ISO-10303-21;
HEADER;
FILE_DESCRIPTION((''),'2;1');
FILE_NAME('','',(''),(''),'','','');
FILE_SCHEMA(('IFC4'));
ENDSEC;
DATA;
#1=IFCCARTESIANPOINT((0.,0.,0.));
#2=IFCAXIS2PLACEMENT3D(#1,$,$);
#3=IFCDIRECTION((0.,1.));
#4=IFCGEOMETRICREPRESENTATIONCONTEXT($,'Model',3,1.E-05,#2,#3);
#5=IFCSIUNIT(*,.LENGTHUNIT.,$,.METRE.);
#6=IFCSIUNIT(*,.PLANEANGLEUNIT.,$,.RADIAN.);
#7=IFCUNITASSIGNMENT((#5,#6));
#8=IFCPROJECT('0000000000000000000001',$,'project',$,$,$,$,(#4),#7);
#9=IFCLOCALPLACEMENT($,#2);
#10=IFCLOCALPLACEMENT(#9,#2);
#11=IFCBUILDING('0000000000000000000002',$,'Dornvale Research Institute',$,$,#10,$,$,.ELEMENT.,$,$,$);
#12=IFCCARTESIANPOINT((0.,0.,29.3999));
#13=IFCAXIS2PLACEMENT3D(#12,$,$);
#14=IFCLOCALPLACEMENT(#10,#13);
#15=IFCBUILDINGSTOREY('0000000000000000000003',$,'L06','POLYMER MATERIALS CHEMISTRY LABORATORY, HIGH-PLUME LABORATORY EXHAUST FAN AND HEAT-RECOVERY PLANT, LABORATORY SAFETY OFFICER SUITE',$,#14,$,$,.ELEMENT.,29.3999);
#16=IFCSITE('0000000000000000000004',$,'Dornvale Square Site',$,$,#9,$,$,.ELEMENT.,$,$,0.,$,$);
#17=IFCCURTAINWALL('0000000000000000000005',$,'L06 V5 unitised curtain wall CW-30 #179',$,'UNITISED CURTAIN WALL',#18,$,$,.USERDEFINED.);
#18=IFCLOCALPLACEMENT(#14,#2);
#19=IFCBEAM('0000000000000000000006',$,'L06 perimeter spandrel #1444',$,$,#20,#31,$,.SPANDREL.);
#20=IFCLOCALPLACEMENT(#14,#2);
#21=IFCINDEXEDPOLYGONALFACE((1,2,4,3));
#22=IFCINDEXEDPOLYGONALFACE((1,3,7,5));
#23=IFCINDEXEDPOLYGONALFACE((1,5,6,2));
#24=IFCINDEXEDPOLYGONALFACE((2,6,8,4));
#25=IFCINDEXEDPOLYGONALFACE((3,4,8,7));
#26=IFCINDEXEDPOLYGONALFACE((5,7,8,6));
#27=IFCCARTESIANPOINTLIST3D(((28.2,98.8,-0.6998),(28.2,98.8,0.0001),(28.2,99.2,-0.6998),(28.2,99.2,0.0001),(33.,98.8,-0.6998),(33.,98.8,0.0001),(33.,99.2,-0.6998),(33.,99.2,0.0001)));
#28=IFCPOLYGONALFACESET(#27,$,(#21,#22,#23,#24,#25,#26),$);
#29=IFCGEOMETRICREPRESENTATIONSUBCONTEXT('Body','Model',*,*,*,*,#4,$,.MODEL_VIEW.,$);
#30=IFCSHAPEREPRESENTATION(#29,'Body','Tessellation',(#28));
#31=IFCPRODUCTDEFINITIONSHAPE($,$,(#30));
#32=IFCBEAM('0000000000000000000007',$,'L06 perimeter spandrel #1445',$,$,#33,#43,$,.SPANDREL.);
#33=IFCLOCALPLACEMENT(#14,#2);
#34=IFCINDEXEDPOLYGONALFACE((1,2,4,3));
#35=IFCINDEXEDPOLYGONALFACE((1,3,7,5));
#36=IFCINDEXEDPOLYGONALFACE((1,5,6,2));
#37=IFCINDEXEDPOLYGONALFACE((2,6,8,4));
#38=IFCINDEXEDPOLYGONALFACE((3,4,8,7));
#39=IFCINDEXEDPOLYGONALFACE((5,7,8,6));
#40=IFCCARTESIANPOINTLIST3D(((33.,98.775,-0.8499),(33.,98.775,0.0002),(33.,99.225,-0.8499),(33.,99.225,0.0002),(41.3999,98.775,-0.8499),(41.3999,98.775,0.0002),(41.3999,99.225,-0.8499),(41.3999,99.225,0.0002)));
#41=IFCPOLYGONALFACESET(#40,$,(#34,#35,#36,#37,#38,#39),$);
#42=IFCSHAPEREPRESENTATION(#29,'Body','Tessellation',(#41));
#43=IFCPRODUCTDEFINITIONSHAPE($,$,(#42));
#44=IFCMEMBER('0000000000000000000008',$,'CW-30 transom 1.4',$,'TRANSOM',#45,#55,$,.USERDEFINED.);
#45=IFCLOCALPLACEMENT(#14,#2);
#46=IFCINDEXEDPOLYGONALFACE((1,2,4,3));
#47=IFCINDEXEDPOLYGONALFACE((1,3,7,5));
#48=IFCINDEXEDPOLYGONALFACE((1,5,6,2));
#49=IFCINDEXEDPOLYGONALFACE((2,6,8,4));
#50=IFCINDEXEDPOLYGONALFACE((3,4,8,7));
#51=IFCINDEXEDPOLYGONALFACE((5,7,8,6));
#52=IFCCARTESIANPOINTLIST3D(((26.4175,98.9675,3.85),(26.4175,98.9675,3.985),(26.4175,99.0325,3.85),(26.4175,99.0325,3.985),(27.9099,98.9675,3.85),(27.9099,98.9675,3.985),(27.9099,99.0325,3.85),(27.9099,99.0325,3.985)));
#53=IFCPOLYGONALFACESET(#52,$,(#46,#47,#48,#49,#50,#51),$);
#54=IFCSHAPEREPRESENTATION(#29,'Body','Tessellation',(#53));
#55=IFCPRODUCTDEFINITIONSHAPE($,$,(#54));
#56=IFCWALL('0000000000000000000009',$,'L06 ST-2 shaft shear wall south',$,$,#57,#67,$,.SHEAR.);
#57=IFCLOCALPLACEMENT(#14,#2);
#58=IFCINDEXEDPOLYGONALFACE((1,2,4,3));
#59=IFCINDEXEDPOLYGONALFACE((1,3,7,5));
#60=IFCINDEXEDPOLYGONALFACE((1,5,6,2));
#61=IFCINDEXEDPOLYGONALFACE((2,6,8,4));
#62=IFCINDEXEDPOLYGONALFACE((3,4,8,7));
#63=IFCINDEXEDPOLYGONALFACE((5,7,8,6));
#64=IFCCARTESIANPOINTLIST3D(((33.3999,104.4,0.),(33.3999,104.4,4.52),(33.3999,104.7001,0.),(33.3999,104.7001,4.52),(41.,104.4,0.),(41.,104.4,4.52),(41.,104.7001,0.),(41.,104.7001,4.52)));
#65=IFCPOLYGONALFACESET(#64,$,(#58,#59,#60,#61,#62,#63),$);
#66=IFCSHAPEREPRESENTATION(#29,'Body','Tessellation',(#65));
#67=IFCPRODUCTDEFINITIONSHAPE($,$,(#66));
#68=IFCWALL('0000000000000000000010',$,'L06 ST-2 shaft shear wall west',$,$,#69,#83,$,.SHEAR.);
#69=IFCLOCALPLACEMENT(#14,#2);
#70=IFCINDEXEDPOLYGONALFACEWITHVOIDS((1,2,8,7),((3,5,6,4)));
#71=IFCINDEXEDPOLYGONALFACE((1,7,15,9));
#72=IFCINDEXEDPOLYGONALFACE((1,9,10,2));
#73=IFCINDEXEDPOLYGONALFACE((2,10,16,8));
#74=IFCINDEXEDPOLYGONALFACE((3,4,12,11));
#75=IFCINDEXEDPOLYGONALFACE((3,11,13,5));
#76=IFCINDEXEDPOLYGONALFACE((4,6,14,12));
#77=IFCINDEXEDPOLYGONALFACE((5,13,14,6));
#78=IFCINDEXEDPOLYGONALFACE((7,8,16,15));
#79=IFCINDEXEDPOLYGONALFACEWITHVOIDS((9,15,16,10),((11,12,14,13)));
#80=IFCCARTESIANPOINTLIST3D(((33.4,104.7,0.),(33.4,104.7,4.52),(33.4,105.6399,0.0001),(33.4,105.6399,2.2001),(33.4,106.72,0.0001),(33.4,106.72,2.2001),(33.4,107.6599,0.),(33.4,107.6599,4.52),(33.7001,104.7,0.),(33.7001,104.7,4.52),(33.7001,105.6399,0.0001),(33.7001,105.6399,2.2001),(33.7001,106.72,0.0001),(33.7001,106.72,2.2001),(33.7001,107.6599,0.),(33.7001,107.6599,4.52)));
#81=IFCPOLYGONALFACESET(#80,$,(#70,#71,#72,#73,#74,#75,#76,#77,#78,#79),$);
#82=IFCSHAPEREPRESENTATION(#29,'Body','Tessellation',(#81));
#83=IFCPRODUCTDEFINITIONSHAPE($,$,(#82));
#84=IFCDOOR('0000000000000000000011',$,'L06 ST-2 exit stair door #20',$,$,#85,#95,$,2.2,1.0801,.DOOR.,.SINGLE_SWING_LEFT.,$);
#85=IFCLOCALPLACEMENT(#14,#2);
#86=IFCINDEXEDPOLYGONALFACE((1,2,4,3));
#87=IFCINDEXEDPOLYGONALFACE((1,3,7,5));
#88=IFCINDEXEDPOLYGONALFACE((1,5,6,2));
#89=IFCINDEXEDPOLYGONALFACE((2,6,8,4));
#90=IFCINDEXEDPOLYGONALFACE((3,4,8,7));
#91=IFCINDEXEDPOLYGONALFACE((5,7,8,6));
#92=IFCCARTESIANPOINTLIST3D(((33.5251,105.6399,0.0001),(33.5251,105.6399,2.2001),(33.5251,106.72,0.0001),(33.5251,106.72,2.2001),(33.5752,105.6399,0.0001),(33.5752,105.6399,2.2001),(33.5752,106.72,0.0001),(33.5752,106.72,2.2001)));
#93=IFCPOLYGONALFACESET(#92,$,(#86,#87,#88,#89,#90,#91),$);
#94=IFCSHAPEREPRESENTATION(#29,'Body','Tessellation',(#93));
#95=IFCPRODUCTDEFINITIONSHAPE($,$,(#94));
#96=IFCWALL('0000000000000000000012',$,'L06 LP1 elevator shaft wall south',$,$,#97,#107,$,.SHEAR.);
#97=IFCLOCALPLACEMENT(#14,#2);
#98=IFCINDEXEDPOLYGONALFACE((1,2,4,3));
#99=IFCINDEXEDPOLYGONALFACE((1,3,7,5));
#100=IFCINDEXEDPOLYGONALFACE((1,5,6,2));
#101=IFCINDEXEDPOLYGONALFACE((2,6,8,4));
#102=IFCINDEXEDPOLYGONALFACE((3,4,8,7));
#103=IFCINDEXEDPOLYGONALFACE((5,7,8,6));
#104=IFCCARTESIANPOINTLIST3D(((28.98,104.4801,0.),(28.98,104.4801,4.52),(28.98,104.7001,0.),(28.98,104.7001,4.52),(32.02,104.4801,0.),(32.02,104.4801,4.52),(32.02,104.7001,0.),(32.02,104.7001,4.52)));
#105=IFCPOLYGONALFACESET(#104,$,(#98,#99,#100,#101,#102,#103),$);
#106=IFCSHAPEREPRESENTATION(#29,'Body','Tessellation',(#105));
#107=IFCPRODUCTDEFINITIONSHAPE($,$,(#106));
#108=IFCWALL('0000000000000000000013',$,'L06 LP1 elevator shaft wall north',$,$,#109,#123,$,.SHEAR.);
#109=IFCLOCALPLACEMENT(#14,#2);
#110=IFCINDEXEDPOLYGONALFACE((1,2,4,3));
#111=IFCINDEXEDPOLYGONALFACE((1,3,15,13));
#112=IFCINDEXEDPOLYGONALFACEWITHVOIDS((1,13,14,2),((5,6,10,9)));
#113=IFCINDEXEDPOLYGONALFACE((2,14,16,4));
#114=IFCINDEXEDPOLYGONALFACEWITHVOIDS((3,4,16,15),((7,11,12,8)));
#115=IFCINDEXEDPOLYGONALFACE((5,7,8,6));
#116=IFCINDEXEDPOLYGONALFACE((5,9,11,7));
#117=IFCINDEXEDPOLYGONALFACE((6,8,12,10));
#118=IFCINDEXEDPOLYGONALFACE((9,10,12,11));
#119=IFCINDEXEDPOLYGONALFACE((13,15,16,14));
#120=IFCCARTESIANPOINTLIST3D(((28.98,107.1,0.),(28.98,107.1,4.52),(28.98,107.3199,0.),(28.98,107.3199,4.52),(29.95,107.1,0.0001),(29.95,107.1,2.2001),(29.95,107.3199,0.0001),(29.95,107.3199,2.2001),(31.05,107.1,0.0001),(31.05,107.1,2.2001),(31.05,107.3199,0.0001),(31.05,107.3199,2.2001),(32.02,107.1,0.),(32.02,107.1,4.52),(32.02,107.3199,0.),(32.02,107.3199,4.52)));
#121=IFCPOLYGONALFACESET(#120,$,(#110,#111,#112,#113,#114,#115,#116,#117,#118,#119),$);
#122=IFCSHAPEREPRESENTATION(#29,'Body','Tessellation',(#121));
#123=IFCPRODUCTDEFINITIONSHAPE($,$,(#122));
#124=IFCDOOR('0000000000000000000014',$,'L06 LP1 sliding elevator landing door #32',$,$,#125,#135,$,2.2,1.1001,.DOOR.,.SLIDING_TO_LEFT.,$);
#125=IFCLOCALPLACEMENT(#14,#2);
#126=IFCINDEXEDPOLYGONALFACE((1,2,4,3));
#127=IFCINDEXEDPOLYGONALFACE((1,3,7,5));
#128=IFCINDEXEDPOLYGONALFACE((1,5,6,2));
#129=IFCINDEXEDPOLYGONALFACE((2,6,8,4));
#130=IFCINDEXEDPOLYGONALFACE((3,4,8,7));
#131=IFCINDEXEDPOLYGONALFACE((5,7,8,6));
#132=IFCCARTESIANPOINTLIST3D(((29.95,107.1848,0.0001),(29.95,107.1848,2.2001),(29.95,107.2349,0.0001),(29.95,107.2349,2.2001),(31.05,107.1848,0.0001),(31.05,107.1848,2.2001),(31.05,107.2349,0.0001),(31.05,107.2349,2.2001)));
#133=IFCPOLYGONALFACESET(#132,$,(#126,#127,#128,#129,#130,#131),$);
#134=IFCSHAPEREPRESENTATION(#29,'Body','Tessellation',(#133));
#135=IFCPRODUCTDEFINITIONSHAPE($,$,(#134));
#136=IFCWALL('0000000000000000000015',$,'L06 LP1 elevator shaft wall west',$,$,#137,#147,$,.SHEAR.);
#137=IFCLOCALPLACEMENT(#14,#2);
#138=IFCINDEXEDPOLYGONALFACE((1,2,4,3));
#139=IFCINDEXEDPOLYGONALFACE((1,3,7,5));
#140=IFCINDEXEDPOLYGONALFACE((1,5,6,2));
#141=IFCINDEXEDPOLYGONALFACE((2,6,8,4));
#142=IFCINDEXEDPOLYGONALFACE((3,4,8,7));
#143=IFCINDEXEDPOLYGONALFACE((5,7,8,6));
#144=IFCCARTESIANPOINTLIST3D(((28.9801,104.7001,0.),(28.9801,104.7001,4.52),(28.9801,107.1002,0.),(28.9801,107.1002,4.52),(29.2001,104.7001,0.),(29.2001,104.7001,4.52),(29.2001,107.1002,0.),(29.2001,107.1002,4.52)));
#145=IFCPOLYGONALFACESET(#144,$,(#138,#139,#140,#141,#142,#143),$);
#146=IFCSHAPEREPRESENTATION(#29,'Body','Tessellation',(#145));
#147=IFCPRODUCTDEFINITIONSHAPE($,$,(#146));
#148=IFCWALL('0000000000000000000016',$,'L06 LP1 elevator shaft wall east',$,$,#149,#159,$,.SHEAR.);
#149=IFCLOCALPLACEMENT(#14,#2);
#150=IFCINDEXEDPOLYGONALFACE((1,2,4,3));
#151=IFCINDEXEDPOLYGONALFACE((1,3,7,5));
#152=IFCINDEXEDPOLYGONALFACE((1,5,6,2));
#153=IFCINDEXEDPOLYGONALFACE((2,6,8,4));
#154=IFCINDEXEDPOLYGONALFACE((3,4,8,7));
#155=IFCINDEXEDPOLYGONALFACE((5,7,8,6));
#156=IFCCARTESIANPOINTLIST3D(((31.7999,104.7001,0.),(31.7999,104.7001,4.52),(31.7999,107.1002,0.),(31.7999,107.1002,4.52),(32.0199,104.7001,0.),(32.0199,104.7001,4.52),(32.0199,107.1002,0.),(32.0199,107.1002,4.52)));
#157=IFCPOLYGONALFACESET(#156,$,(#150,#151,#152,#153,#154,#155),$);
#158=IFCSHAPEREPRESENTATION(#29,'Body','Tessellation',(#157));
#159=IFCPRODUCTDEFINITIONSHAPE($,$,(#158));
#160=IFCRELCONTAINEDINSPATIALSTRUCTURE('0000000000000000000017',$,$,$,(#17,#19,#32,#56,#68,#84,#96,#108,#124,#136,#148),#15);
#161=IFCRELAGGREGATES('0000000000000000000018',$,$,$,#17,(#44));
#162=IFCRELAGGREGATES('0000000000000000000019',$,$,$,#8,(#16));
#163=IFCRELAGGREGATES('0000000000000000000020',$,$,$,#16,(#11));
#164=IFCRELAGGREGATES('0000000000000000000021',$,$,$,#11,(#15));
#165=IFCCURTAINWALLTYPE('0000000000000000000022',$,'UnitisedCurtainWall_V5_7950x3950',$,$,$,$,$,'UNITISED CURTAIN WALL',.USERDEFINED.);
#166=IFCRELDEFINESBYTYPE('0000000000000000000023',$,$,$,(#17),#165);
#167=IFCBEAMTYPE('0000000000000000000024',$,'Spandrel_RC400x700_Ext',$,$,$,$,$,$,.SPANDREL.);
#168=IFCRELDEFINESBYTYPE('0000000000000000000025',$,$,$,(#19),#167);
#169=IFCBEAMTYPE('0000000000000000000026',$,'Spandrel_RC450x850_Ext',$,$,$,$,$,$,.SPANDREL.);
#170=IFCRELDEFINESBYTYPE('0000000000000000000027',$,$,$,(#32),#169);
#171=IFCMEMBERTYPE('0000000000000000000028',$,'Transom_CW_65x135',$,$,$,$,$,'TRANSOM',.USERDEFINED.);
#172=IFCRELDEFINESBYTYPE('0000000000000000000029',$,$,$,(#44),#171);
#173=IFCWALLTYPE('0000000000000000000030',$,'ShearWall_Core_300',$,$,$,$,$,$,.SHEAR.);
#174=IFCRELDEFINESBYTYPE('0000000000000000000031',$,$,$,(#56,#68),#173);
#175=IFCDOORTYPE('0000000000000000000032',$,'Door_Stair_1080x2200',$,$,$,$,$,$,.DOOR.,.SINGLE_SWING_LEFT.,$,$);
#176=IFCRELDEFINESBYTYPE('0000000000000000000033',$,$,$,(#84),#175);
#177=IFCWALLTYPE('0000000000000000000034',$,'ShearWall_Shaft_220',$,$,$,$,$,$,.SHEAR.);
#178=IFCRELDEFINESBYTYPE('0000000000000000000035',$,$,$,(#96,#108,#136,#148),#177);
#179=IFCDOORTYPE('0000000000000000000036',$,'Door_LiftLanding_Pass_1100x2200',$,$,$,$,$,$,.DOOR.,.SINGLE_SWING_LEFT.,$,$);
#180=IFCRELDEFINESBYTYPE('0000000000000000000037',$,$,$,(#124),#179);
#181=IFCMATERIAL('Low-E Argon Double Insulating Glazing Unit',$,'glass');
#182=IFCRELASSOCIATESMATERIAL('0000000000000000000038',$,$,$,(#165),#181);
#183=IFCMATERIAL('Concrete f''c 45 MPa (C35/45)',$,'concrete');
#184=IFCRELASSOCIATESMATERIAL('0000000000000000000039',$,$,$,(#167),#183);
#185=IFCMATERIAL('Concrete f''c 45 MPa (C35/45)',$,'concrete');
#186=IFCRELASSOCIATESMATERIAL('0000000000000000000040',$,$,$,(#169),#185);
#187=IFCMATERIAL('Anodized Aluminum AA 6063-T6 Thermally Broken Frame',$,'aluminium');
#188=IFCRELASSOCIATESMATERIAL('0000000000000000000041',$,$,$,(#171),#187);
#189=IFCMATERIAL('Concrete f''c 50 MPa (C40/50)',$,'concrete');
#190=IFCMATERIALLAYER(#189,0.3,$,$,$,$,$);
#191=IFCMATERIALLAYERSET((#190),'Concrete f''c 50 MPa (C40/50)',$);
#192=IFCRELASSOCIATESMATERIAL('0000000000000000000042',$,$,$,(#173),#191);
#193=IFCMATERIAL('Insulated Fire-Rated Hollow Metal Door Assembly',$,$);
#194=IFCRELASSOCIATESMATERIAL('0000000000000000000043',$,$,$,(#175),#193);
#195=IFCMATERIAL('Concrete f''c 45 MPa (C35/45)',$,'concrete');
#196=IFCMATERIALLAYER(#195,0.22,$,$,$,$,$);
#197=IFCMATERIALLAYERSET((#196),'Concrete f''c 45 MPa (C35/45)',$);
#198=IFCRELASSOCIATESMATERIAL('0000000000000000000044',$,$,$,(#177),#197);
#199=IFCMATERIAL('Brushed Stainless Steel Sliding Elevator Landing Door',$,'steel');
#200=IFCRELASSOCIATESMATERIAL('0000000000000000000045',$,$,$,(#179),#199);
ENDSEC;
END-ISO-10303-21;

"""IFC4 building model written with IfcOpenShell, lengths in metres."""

from ifc_helpers import new_model, si_unit, direction, frame, frame_2d, origin, origin_2d, place, context, subcontext, project, spatial, rectangle, extrude, material, layer, layer_set, material_profile, profile_set, type_object, element, fill, aggregate, save


model = new_model("IFC4")

# Units and contexts
model_context = context("Model", 3, precision=1e-05, world=origin(), true_north=direction((0.0, 1.0)))
body_context = subcontext(model_context, "Body", "Model", "MODEL_VIEW")
ifc_project = project(units=[si_unit("LENGTHUNIT", "METRE"), si_unit("PLANEANGLEUNIT", "RADIAN")], contexts=[model_context])

# Site, building, storey
site_placement = place(None, origin())
site = spatial("IfcSite", under=ifc_project, at=site_placement, Name="Dornvale Square Site", CompositionType="ELEMENT", RefElevation=0.0)
building_placement = place(site_placement, origin())
building = spatial("IfcBuilding", under=site, at=building_placement, Name="Dornvale Research Institute", CompositionType="ELEMENT")
storey_placement = place(building_placement, frame((0.0, 0.0, 29.3999)))
storey = spatial("IfcBuildingStorey", under=building, at=storey_placement, Name="L06", Description="POLYMER MATERIALS CHEMISTRY LABORATORY, HIGH-PLUME LABORATORY EXHAUST FAN AND HEAT-RECOVERY PLANT, LABORATORY SAFETY OFFICER SUITE", CompositionType="ELEMENT", Elevation=29.3999)

# Curtain wall
ifc_material_1 = material(Name="Low-E Argon Double Insulating Glazing Unit", Category="glass")
curtain_wall_type_1 = type_object("IfcCurtainWallType", Name="UnitisedCurtainWall_V5_7950x3950", ElementType="UNITISED CURTAIN WALL", PredefinedType="USERDEFINED", material=ifc_material_1)
curtain_wall_1_placement = place(storey_placement, origin())
curtain_wall_1 = element("IfcCurtainWall", 1, at=curtain_wall_1_placement, inside=storey, type_object=curtain_wall_type_1, Name="L06 V5 unitised curtain wall CW-30 #179", ObjectType="UNITISED CURTAIN WALL", PredefinedType="USERDEFINED")

# Beams
ifc_material_2 = material(Name="Concrete f'c 45 MPa (C35/45)", Category="concrete")
ifc_material_profile_1 = material_profile(ifc_material_2, rectangle(XDim=0.3999, YDim=0.7, at=origin_2d()), Name="RC 400x700")
ifc_profile_set_1 = profile_set([ifc_material_profile_1], Name="Concrete f'c 45 MPa (C35/45)")
beam_type_1 = type_object("IfcBeamType", Name="Spandrel_RC400x700_Ext", PredefinedType="SPANDREL", material=ifc_profile_set_1)
beam_1_placement = place(storey_placement, frame((28.2, 99.0, -0.3499), z_axis=(1.0, 0.0, 0.0), x_axis=(0.0, 1.0, 0.0)))
element("IfcBeam", 2, at=beam_1_placement, inside=storey, type_object=beam_type_1, Name="L06 perimeter spandrel #1444", PredefinedType="SPANDREL", context=body_context, shape_type="SweptSolid", body=[
    extrude(rectangle(XDim=0.3999, YDim=0.7, at=origin_2d()), origin(), (0.0, 0.0, 1.0), 4.8),
])
ifc_material_3 = material(Name="Concrete f'c 45 MPa (C35/45)", Category="concrete")
ifc_material_profile_2 = material_profile(ifc_material_3, rectangle(XDim=0.45, YDim=0.8501, at=origin_2d()), Name="RC 450x850")
ifc_profile_set_2 = profile_set([ifc_material_profile_2], Name="Concrete f'c 45 MPa (C35/45)")
beam_type_2 = type_object("IfcBeamType", Name="Spandrel_RC450x850_Ext", PredefinedType="SPANDREL", material=ifc_profile_set_2)
beam_2_placement = place(storey_placement, frame((33.0, 99.0, -0.4248), z_axis=(1.0, 0.0, 0.0), x_axis=(0.0, 1.0, 0.0)))
element("IfcBeam", 3, at=beam_2_placement, inside=storey, type_object=beam_type_2, Name="L06 perimeter spandrel #1445", PredefinedType="SPANDREL", context=body_context, shape_type="SweptSolid", body=[
    extrude(rectangle(XDim=0.45, YDim=0.8501, at=origin_2d()), origin(), (0.0, 0.0, 1.0), 8.3999),
])

# Member
ifc_material_4 = material(Name="Anodized Aluminum AA 6063-T6 Thermally Broken Frame", Category="aluminium")
ifc_material_profile_3 = material_profile(ifc_material_4, rectangle(XDim=0.0649, YDim=0.135, at=origin_2d()), Name="ALU TRANSOM 65x135")
ifc_profile_set_3 = profile_set([ifc_material_profile_3], Name="Anodized Aluminum AA 6063-T6 Thermally Broken Frame")
member_type_1 = type_object("IfcMemberType", Name="Transom_CW_65x135", ElementType="TRANSOM", PredefinedType="USERDEFINED", material=ifc_profile_set_3)
member_1_placement = place(storey_placement, frame((27.9099, 99.0, 3.9175), z_axis=(-1.0, 0.0, 0.0), x_axis=(0.0, -1.0, 0.0)))
member_1 = element("IfcMember", 4, at=member_1_placement, type_object=member_type_1, Name="CW-30 transom 1.4", ObjectType="TRANSOM", PredefinedType="USERDEFINED", context=body_context, shape_type="SweptSolid", body=[
    extrude(rectangle(XDim=0.0649, YDim=0.135, at=origin_2d()), origin(), (0.0, 0.0, 1.0), 1.4924),
])
aggregate(curtain_wall_1, [member_1])

# Wall
ifc_material_5 = material(Name="Concrete f'c 50 MPa (C40/50)", Category="concrete")
ifc_layer_1 = layer(ifc_material_5, 0.3)
ifc_layer_set_1 = layer_set([ifc_layer_1], Name="Concrete f'c 50 MPa (C40/50)")
wall_type_1 = type_object("IfcWallType", Name="ShearWall_Core_300", PredefinedType="SHEAR", material=ifc_layer_set_1)
wall_1_placement = place(storey_placement, frame((33.3999, 104.55, 0.0), z_axis=(0.0, 0.0, 1.0), x_axis=(1.0, 0.0, 0.0)))
element("IfcWall", 5, at=wall_1_placement, inside=storey, type_object=wall_type_1, Name="L06 ST-2 shaft shear wall south", PredefinedType="SHEAR", context=body_context, shape_type="SweptSolid", body=[
    extrude(rectangle(XDim=7.6001, YDim=0.3, at=frame_2d((3.8, 0.0))), origin(), (0.0, 0.0, 1.0), 4.52),
])

# Wall, opening, door
wall_2_placement = place(storey_placement, frame((33.55, 104.7, 0.0), z_axis=(0.0, 0.0, 1.0), x_axis=(0.0, 1.0, 0.0)))
wall_2 = element("IfcWall", 6, at=wall_2_placement, inside=storey, type_object=wall_type_1, Name="L06 ST-2 shaft shear wall west", PredefinedType="SHEAR", context=body_context, shape_type="SweptSolid", body=[
    extrude(rectangle(XDim=2.96, YDim=0.3, at=frame_2d((1.48, 0.0))), origin(), (0.0, 0.0, 1.0), 4.52),
])
opening_1_placement = place(wall_2_placement, frame((0.9399, 0.0, 0.0)))
opening_1 = element("IfcOpeningElement", 7, at=opening_1_placement, cuts=wall_2, PredefinedType="OPENING", context=body_context, shape_type="SweptSolid", body=[
    extrude(rectangle(XDim=1.0801, YDim=2.2, at=frame_2d((0.54, 1.1001))), frame((0.0, 0.165, 0.0), z_axis=(0.0, -1.0, 0.0), x_axis=(1.0, 0.0, 0.0)), (0.0, 0.0, 1.0), 0.3301),
])
ifc_material_6 = material(Name="Insulated Fire-Rated Hollow Metal Door Assembly")
door_type_1 = type_object("IfcDoorType", Name="Door_Stair_1080x2200", OperationType="SINGLE_SWING_LEFT", PredefinedType="DOOR", material=ifc_material_6)
door_1_placement = place(opening_1_placement, origin())
door_1 = element("IfcDoor", 8, at=door_1_placement, inside=storey, type_object=door_type_1, Name="L06 ST-2 exit stair door #20", OperationType="SINGLE_SWING_LEFT", OverallHeight=2.2, OverallWidth=1.0801, PredefinedType="DOOR", context=body_context, shape_type="SweptSolid", body=[
    extrude(rectangle(XDim=1.0801, YDim=2.2, at=frame_2d((0.54, 1.1001))), frame((0.0, 0.0249, 0.0), z_axis=(0.0, -1.0, 0.0), x_axis=(1.0, 0.0, 0.0)), (0.0, 0.0, 1.0), 0.05),
])
fill(opening_1, door_1)

# Wall
ifc_material_7 = material(Name="Concrete f'c 45 MPa (C35/45)", Category="concrete")
ifc_layer_2 = layer(ifc_material_7, 0.22)
ifc_layer_set_2 = layer_set([ifc_layer_2], Name="Concrete f'c 45 MPa (C35/45)")
wall_type_2 = type_object("IfcWallType", Name="ShearWall_Shaft_220", PredefinedType="SHEAR", material=ifc_layer_set_2)
wall_3_placement = place(storey_placement, frame((28.98, 104.5901, 0.0), z_axis=(0.0, 0.0, 1.0), x_axis=(1.0, 0.0, 0.0)))
element("IfcWall", 9, at=wall_3_placement, inside=storey, type_object=wall_type_2, Name="L06 LP1 elevator shaft wall south", PredefinedType="SHEAR", context=body_context, shape_type="SweptSolid", body=[
    extrude(rectangle(XDim=3.04, YDim=0.22, at=frame_2d((1.52, 0.0))), origin(), (0.0, 0.0, 1.0), 4.52),
])

# Wall, opening, door
wall_4_placement = place(storey_placement, frame((28.98, 107.21, 0.0), z_axis=(0.0, 0.0, 1.0), x_axis=(1.0, 0.0, 0.0)))
wall_4 = element("IfcWall", 10, at=wall_4_placement, inside=storey, type_object=wall_type_2, Name="L06 LP1 elevator shaft wall north", PredefinedType="SHEAR", context=body_context, shape_type="SweptSolid", body=[
    extrude(rectangle(XDim=3.04, YDim=0.22, at=frame_2d((1.52, 0.0))), origin(), (0.0, 0.0, 1.0), 4.52),
])
opening_2_placement = place(wall_4_placement, frame((0.97, 0.0, 0.0)))
opening_2 = element("IfcOpeningElement", 11, at=opening_2_placement, cuts=wall_4, PredefinedType="OPENING", context=body_context, shape_type="SweptSolid", body=[
    extrude(rectangle(XDim=1.1001, YDim=2.2, at=frame_2d((0.55, 1.1001))), frame((0.0, 0.125, 0.0), z_axis=(0.0, -1.0, 0.0), x_axis=(1.0, 0.0, 0.0)), (0.0, 0.0, 1.0), 0.25),
])
ifc_material_8 = material(Name="Brushed Stainless Steel Sliding Elevator Landing Door", Category="steel")
door_type_2 = type_object("IfcDoorType", Name="Door_LiftLanding_Pass_1100x2200", OperationType="SINGLE_SWING_LEFT", PredefinedType="DOOR", material=ifc_material_8)
door_2_placement = place(opening_2_placement, origin())
door_2 = element("IfcDoor", 12, at=door_2_placement, inside=storey, type_object=door_type_2, Name="L06 LP1 sliding elevator landing door #32", OperationType="SLIDING_TO_LEFT", OverallHeight=2.2, OverallWidth=1.1001, PredefinedType="DOOR", context=body_context, shape_type="SweptSolid", body=[
    extrude(rectangle(XDim=1.1001, YDim=2.2, at=frame_2d((0.55, 1.1001))), frame((0.0, 0.0249, 0.0), z_axis=(0.0, -1.0, 0.0), x_axis=(1.0, 0.0, 0.0)), (0.0, 0.0, 1.0), 0.05),
])
fill(opening_2, door_2)

# Walls
for number, where, z_axis, x_axis, name in (
    (13, (29.0901, 104.7, 0.0), (0.0, 0.0, 1.0), (0.0, 1.0, 0.0), "L06 LP1 elevator shaft wall west"),
    (14, (31.9099, 104.7, 0.0), (0.0, 0.0, 1.0), (0.0, 1.0, 0.0), "L06 LP1 elevator shaft wall east"),
):
    element("IfcWall", number, at=place(storey_placement, frame(where, z_axis=z_axis, x_axis=x_axis)), inside=storey, type_object=wall_type_2, Name=name, PredefinedType="SHEAR", context=body_context, shape_type="SweptSolid", body=[
        extrude(rectangle(XDim=2.4001, YDim=0.22, at=frame_2d((1.2002, 0.0))), origin(), (0.0, 0.0, 1.0), 4.52),
    ])

save(model, "model.ifc")
